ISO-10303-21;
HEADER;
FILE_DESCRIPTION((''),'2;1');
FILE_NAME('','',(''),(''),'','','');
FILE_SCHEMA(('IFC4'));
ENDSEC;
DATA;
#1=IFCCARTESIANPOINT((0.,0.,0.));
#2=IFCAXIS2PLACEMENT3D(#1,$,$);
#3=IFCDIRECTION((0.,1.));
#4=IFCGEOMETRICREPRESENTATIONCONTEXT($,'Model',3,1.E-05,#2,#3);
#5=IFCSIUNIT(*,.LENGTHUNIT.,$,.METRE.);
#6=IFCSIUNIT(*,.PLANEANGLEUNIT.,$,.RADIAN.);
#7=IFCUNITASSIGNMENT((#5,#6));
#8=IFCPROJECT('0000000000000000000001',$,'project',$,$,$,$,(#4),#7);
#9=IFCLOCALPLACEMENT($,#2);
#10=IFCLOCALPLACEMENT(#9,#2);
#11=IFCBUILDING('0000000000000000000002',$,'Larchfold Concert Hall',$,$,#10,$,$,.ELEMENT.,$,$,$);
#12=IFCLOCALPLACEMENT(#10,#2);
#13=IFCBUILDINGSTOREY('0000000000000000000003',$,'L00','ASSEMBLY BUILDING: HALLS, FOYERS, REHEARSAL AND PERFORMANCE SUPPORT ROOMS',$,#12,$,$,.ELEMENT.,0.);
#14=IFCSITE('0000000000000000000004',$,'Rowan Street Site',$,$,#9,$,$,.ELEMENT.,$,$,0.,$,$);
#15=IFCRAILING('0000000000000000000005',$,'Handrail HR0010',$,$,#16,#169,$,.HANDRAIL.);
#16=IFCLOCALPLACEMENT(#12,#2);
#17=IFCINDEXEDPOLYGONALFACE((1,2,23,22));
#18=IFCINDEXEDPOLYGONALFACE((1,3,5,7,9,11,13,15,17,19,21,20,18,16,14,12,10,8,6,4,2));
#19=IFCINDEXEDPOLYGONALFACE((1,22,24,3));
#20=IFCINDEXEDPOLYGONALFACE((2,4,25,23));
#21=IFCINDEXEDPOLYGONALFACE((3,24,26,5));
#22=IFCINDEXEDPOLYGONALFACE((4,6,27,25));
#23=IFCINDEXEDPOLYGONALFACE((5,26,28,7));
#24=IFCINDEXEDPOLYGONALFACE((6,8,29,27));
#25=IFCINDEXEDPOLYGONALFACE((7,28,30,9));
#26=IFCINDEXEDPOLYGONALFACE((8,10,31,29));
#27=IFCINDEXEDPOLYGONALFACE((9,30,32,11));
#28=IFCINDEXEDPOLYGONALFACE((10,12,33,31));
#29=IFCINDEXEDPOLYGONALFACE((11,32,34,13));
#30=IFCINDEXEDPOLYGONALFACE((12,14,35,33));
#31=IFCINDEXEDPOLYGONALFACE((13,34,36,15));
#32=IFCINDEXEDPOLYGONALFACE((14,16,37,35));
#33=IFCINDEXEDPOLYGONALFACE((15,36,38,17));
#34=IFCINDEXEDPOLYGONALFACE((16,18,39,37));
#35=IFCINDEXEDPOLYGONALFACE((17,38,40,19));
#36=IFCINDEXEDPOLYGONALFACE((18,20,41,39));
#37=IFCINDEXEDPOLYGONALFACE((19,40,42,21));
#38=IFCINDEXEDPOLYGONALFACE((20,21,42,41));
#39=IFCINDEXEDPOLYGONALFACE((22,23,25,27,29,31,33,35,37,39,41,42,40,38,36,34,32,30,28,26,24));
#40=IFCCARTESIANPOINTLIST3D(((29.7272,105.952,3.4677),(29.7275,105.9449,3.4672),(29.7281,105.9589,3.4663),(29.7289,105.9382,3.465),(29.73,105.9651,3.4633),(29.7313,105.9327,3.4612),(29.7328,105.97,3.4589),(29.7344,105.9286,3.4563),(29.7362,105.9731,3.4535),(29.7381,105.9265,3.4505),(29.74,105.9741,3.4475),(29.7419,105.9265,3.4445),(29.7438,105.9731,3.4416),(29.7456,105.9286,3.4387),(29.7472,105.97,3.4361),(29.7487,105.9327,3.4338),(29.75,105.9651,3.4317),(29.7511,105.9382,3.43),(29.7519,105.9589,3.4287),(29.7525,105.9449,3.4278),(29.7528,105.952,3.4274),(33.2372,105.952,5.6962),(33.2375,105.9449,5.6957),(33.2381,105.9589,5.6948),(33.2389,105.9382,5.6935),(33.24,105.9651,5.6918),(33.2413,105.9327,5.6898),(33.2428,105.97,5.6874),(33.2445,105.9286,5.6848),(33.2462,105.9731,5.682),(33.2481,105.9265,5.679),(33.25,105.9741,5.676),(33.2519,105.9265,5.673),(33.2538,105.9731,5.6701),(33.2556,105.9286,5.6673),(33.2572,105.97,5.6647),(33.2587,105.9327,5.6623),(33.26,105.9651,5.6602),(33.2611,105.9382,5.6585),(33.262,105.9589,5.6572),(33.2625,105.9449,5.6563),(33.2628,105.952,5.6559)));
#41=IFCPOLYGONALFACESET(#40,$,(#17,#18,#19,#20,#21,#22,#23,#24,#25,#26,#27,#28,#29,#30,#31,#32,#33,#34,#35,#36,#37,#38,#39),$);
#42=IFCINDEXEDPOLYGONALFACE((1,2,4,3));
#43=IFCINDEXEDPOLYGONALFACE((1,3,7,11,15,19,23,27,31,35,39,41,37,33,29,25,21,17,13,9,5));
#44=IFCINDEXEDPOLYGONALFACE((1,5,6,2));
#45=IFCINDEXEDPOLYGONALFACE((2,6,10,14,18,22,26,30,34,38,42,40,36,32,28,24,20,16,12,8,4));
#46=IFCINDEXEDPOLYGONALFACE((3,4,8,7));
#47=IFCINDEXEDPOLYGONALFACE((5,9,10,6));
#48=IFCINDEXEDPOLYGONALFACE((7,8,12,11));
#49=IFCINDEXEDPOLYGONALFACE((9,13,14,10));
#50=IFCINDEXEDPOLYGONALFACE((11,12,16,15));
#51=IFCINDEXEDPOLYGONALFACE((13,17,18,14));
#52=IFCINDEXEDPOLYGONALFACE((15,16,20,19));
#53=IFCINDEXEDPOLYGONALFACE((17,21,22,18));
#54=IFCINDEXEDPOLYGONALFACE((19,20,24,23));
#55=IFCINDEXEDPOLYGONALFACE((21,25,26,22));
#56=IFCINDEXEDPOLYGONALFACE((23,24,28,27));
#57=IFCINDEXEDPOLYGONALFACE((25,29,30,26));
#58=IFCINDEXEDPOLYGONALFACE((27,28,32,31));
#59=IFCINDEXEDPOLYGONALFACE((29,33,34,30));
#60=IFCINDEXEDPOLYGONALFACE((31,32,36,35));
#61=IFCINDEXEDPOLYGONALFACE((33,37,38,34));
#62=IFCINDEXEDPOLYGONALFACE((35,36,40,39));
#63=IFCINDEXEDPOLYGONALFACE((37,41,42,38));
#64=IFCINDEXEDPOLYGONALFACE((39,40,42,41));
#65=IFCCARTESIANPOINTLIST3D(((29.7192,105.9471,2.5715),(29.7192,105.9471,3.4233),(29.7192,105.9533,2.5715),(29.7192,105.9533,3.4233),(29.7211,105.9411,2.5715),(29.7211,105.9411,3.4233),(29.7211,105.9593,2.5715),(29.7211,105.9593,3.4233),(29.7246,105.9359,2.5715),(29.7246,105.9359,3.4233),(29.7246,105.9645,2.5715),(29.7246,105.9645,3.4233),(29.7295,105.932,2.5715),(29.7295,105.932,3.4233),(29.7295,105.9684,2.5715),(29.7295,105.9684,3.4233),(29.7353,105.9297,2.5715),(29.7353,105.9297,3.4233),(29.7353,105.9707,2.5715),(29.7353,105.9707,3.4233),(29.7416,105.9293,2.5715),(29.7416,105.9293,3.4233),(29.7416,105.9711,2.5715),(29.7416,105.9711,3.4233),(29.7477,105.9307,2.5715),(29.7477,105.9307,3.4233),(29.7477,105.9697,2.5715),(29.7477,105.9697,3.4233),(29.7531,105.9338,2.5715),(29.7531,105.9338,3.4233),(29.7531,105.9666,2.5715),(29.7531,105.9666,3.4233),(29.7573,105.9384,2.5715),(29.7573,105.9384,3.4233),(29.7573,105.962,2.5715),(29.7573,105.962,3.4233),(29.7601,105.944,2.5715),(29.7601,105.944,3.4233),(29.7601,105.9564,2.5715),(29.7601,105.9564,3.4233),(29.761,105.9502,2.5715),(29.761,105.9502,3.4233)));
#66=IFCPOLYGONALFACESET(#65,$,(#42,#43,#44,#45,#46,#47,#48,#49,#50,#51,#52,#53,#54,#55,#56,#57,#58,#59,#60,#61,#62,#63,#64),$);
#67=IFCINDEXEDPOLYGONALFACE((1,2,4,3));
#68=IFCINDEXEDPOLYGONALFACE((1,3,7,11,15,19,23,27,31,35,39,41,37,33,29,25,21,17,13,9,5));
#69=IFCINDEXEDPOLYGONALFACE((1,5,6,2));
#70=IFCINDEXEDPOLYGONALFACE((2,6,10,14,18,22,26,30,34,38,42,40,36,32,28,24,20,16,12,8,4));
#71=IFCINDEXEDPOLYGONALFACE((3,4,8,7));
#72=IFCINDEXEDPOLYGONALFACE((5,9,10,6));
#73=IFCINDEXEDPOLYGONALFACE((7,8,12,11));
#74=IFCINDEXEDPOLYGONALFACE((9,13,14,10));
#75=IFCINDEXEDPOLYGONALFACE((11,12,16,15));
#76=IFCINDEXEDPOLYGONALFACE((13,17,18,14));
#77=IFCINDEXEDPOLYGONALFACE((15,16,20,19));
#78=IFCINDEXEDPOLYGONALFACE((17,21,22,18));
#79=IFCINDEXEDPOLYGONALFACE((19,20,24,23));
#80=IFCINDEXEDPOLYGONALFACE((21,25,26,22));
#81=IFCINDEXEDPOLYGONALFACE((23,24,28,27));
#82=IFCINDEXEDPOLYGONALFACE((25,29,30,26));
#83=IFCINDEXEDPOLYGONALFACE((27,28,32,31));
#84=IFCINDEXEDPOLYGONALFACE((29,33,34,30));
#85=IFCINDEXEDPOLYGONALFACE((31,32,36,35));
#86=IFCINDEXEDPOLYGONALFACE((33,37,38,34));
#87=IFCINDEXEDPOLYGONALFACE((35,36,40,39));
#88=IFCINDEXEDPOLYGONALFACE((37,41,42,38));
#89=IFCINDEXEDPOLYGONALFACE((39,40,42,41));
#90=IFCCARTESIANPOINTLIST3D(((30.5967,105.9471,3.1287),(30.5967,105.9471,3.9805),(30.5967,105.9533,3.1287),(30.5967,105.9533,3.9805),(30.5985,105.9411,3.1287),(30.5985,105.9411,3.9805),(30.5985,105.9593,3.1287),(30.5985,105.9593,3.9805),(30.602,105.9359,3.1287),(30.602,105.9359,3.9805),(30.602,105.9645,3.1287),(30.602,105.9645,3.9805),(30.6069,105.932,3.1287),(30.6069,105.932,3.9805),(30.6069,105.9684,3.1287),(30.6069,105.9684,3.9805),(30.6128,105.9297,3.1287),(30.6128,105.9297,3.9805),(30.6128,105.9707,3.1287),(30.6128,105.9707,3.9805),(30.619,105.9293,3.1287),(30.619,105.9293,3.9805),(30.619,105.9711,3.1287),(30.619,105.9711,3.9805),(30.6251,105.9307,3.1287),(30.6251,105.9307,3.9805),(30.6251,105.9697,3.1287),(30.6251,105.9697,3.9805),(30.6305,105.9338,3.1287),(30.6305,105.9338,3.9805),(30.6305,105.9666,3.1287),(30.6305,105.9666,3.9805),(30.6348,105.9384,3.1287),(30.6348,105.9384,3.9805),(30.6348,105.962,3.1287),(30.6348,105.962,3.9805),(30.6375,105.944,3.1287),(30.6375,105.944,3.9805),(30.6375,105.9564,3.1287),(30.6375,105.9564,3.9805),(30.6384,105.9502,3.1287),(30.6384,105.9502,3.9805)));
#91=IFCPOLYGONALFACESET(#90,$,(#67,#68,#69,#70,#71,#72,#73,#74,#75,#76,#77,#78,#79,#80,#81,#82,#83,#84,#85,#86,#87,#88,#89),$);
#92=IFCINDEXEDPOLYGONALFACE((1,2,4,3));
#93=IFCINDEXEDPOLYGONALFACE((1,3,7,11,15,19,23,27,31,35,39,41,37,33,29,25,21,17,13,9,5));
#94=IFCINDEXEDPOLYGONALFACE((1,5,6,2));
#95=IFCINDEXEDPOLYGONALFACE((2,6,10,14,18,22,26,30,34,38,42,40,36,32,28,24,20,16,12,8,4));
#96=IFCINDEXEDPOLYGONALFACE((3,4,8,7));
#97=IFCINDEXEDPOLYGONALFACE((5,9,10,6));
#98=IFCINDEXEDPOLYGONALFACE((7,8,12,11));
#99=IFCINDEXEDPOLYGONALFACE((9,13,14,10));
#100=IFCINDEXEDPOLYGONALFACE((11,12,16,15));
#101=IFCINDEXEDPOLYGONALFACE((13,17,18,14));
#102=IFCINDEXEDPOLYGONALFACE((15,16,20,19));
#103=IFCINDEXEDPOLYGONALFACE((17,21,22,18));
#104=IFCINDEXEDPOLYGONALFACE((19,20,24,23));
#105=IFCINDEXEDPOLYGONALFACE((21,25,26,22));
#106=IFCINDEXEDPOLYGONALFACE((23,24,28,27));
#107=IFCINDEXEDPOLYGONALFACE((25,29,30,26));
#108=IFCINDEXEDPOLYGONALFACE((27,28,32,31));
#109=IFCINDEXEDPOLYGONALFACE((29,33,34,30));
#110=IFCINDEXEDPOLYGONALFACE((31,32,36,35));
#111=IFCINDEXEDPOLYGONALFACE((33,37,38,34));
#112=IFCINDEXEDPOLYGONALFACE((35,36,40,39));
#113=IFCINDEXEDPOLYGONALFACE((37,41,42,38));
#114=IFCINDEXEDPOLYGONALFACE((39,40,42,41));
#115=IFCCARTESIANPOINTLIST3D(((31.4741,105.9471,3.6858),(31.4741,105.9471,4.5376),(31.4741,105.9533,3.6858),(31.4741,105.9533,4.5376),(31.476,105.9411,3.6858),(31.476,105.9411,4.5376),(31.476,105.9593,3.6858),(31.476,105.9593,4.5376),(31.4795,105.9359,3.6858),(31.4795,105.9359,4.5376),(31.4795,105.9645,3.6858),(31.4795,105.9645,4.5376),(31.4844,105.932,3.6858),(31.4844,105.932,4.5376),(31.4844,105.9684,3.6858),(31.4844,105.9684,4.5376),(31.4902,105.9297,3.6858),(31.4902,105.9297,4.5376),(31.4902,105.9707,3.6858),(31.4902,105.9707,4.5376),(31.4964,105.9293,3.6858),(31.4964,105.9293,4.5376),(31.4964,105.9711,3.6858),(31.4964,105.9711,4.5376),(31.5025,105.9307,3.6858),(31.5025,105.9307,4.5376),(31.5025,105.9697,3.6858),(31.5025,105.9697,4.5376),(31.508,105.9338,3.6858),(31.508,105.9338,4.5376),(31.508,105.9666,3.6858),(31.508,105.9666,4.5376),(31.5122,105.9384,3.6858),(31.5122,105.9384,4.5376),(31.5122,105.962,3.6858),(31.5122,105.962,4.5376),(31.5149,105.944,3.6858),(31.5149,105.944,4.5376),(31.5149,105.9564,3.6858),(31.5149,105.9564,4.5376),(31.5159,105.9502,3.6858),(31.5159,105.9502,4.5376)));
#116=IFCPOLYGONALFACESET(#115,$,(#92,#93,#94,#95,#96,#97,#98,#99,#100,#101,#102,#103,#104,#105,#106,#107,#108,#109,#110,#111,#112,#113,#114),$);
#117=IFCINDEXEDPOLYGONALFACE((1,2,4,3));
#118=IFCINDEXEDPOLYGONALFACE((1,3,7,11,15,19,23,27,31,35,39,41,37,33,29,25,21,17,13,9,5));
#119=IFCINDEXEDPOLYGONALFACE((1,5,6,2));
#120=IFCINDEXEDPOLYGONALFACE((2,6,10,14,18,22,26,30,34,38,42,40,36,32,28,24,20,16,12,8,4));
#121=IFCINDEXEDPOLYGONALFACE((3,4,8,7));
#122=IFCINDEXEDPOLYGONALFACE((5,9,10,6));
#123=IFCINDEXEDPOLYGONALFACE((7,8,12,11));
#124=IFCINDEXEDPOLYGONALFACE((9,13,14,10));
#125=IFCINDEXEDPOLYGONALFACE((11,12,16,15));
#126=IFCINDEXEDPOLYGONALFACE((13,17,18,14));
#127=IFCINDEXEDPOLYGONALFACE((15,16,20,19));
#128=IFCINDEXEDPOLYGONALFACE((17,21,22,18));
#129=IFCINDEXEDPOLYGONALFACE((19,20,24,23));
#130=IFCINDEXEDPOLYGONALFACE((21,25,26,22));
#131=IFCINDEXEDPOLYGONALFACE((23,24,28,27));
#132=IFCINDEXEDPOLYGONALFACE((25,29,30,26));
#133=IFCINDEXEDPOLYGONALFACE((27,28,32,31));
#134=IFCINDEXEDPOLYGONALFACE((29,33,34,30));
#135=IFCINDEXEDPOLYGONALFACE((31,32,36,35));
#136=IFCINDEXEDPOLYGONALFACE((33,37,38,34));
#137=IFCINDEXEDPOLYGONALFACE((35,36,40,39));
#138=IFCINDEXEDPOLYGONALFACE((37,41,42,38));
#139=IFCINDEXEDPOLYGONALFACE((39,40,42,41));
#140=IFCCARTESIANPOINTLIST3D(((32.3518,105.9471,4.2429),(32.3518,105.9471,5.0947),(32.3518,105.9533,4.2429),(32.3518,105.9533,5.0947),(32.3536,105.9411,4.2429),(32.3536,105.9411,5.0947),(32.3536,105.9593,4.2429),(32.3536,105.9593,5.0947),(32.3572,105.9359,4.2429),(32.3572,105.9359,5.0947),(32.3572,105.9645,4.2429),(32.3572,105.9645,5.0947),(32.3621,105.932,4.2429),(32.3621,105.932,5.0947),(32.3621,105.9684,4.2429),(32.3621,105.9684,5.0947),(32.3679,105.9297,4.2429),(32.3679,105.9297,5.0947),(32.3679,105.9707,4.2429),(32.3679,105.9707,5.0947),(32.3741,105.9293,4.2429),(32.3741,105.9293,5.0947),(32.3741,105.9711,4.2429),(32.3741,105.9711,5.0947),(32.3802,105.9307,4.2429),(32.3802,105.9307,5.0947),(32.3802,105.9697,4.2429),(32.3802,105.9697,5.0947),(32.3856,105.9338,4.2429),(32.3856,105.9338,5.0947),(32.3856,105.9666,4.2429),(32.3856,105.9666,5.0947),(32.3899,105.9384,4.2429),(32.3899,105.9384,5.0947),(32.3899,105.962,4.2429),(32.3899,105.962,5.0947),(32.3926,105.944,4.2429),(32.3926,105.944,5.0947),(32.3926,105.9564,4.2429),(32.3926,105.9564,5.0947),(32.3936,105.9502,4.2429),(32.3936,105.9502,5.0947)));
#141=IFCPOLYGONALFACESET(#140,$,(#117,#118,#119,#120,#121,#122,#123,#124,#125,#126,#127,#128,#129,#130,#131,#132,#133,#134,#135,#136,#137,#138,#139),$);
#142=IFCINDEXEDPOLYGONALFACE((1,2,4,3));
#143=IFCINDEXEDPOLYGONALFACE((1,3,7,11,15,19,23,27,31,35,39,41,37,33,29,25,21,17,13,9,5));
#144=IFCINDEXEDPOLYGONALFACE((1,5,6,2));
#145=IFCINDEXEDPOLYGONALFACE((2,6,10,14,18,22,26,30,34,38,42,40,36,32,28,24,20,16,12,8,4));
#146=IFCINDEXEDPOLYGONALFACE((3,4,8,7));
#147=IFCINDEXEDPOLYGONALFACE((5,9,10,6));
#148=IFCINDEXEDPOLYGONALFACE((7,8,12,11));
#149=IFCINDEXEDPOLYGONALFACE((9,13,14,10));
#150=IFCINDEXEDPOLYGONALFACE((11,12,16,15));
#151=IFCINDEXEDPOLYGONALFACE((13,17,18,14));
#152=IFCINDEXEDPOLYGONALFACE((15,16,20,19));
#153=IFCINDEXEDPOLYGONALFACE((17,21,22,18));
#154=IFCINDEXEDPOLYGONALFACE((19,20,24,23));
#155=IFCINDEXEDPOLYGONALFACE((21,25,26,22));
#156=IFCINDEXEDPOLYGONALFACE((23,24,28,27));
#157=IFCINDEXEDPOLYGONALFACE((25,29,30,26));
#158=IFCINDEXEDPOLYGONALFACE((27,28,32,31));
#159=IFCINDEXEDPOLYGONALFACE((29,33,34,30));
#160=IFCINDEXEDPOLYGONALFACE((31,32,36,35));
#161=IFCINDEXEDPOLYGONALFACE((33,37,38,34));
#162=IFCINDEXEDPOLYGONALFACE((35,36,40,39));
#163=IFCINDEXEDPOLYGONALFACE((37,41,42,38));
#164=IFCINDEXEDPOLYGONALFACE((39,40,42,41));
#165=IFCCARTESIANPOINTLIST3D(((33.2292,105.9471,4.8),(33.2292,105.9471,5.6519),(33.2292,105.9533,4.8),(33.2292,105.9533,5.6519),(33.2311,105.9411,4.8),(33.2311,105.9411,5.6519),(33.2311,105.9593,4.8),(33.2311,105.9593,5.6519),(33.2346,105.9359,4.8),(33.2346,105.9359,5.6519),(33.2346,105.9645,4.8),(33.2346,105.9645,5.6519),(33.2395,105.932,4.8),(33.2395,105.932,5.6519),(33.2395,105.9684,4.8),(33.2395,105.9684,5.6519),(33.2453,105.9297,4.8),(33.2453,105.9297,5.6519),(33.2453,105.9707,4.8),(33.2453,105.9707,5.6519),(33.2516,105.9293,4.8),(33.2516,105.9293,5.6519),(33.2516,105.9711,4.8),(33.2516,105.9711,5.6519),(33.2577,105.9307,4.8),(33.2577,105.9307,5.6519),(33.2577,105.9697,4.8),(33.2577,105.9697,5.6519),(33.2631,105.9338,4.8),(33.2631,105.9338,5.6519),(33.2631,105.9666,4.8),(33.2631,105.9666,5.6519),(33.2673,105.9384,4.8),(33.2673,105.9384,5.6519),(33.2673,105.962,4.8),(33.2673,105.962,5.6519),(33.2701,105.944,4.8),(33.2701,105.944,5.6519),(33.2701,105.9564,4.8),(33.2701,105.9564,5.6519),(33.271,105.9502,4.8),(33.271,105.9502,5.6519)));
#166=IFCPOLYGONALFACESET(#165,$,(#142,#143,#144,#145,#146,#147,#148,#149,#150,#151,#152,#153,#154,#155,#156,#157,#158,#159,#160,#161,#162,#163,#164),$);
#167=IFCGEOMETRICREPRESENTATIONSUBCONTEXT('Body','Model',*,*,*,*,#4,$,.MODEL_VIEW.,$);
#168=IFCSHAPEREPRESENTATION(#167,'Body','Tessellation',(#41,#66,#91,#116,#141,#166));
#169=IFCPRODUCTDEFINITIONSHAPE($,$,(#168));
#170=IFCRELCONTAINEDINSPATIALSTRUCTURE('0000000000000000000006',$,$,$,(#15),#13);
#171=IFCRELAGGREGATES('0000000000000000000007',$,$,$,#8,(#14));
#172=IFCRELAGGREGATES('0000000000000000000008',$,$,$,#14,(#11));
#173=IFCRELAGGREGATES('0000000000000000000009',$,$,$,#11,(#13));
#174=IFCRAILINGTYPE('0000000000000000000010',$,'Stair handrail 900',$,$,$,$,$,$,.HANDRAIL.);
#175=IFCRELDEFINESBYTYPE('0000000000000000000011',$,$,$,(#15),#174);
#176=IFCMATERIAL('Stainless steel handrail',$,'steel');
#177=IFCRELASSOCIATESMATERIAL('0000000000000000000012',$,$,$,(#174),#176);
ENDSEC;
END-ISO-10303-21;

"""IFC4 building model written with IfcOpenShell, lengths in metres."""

from ifc_helpers import new_model, si_unit, direction, frame, origin, origin_2d, place, context, subcontext, project, spatial, circle, extrude, material, type_object, element, save


model = new_model("IFC4")

# Units and contexts
model_context = context("Model", 3, precision=1e-05, world=origin(), true_north=direction((0.0, 1.0)))
body_context = subcontext(model_context, "Body", "Model", "MODEL_VIEW")
ifc_project = project(units=[si_unit("LENGTHUNIT", "METRE"), si_unit("PLANEANGLEUNIT", "RADIAN")], contexts=[model_context])

# Site, building, storey
site_placement = place(None, origin())
site = spatial("IfcSite", under=ifc_project, at=site_placement, Name="Rowan Street Site", CompositionType="ELEMENT", RefElevation=0.0)
building_placement = place(site_placement, origin())
building = spatial("IfcBuilding", under=site, at=building_placement, Name="Larchfold Concert Hall", CompositionType="ELEMENT")
storey_placement = place(building_placement, origin())
storey = spatial("IfcBuildingStorey", under=building, at=storey_placement, Name="L00", Description="ASSEMBLY BUILDING: HALLS, FOYERS, REHEARSAL AND PERFORMANCE SUPPORT ROOMS", CompositionType="ELEMENT", Elevation=0.0)

# Railing
ifc_material_1 = material(Name="Stainless steel handrail", Category="steel")
railing_type_1 = type_object("IfcRailingType", Name="Stair handrail 900", PredefinedType="HANDRAIL", material=ifc_material_1)
railing_1_placement = place(storey_placement, frame((29.74, 105.9502, 2.5715)))
element("IfcRailing", 1, at=railing_1_placement, inside=storey, type_object=railing_type_1, Name="Handrail HR0010", PredefinedType="HANDRAIL", context=body_context, shape_type="SweptSolid", body=[
    extrude(circle(Radius=0.0239, at=origin_2d()), frame((0.0, 0.0, 0.876), z_axis=(0.84422, 0.0, 0.535998), x_axis=(0.0, 1.0, 0.0)), (0.0, 0.0, 1.0), 4.1577),
    extrude(circle(Radius=0.021, at=origin_2d()), origin(), (0.0, 0.0, 1.0), 0.8518),
    extrude(circle(Radius=0.021, at=origin_2d()), frame((0.8774, 0.0, 0.5571)), (0.0, 0.0, 1.0), 0.8518),
    extrude(circle(Radius=0.021, at=origin_2d()), frame((1.7549, 0.0, 1.1143)), (0.0, 0.0, 1.0), 0.8518),
    extrude(circle(Radius=0.021, at=origin_2d()), frame((2.6326, 0.0, 1.6714)), (0.0, 0.0, 1.0), 0.8518),
    extrude(circle(Radius=0.021, at=origin_2d()), frame((3.51, 0.0, 2.2285)), (0.0, 0.0, 1.0), 0.8518),
])

save(model, "model.ifc")
